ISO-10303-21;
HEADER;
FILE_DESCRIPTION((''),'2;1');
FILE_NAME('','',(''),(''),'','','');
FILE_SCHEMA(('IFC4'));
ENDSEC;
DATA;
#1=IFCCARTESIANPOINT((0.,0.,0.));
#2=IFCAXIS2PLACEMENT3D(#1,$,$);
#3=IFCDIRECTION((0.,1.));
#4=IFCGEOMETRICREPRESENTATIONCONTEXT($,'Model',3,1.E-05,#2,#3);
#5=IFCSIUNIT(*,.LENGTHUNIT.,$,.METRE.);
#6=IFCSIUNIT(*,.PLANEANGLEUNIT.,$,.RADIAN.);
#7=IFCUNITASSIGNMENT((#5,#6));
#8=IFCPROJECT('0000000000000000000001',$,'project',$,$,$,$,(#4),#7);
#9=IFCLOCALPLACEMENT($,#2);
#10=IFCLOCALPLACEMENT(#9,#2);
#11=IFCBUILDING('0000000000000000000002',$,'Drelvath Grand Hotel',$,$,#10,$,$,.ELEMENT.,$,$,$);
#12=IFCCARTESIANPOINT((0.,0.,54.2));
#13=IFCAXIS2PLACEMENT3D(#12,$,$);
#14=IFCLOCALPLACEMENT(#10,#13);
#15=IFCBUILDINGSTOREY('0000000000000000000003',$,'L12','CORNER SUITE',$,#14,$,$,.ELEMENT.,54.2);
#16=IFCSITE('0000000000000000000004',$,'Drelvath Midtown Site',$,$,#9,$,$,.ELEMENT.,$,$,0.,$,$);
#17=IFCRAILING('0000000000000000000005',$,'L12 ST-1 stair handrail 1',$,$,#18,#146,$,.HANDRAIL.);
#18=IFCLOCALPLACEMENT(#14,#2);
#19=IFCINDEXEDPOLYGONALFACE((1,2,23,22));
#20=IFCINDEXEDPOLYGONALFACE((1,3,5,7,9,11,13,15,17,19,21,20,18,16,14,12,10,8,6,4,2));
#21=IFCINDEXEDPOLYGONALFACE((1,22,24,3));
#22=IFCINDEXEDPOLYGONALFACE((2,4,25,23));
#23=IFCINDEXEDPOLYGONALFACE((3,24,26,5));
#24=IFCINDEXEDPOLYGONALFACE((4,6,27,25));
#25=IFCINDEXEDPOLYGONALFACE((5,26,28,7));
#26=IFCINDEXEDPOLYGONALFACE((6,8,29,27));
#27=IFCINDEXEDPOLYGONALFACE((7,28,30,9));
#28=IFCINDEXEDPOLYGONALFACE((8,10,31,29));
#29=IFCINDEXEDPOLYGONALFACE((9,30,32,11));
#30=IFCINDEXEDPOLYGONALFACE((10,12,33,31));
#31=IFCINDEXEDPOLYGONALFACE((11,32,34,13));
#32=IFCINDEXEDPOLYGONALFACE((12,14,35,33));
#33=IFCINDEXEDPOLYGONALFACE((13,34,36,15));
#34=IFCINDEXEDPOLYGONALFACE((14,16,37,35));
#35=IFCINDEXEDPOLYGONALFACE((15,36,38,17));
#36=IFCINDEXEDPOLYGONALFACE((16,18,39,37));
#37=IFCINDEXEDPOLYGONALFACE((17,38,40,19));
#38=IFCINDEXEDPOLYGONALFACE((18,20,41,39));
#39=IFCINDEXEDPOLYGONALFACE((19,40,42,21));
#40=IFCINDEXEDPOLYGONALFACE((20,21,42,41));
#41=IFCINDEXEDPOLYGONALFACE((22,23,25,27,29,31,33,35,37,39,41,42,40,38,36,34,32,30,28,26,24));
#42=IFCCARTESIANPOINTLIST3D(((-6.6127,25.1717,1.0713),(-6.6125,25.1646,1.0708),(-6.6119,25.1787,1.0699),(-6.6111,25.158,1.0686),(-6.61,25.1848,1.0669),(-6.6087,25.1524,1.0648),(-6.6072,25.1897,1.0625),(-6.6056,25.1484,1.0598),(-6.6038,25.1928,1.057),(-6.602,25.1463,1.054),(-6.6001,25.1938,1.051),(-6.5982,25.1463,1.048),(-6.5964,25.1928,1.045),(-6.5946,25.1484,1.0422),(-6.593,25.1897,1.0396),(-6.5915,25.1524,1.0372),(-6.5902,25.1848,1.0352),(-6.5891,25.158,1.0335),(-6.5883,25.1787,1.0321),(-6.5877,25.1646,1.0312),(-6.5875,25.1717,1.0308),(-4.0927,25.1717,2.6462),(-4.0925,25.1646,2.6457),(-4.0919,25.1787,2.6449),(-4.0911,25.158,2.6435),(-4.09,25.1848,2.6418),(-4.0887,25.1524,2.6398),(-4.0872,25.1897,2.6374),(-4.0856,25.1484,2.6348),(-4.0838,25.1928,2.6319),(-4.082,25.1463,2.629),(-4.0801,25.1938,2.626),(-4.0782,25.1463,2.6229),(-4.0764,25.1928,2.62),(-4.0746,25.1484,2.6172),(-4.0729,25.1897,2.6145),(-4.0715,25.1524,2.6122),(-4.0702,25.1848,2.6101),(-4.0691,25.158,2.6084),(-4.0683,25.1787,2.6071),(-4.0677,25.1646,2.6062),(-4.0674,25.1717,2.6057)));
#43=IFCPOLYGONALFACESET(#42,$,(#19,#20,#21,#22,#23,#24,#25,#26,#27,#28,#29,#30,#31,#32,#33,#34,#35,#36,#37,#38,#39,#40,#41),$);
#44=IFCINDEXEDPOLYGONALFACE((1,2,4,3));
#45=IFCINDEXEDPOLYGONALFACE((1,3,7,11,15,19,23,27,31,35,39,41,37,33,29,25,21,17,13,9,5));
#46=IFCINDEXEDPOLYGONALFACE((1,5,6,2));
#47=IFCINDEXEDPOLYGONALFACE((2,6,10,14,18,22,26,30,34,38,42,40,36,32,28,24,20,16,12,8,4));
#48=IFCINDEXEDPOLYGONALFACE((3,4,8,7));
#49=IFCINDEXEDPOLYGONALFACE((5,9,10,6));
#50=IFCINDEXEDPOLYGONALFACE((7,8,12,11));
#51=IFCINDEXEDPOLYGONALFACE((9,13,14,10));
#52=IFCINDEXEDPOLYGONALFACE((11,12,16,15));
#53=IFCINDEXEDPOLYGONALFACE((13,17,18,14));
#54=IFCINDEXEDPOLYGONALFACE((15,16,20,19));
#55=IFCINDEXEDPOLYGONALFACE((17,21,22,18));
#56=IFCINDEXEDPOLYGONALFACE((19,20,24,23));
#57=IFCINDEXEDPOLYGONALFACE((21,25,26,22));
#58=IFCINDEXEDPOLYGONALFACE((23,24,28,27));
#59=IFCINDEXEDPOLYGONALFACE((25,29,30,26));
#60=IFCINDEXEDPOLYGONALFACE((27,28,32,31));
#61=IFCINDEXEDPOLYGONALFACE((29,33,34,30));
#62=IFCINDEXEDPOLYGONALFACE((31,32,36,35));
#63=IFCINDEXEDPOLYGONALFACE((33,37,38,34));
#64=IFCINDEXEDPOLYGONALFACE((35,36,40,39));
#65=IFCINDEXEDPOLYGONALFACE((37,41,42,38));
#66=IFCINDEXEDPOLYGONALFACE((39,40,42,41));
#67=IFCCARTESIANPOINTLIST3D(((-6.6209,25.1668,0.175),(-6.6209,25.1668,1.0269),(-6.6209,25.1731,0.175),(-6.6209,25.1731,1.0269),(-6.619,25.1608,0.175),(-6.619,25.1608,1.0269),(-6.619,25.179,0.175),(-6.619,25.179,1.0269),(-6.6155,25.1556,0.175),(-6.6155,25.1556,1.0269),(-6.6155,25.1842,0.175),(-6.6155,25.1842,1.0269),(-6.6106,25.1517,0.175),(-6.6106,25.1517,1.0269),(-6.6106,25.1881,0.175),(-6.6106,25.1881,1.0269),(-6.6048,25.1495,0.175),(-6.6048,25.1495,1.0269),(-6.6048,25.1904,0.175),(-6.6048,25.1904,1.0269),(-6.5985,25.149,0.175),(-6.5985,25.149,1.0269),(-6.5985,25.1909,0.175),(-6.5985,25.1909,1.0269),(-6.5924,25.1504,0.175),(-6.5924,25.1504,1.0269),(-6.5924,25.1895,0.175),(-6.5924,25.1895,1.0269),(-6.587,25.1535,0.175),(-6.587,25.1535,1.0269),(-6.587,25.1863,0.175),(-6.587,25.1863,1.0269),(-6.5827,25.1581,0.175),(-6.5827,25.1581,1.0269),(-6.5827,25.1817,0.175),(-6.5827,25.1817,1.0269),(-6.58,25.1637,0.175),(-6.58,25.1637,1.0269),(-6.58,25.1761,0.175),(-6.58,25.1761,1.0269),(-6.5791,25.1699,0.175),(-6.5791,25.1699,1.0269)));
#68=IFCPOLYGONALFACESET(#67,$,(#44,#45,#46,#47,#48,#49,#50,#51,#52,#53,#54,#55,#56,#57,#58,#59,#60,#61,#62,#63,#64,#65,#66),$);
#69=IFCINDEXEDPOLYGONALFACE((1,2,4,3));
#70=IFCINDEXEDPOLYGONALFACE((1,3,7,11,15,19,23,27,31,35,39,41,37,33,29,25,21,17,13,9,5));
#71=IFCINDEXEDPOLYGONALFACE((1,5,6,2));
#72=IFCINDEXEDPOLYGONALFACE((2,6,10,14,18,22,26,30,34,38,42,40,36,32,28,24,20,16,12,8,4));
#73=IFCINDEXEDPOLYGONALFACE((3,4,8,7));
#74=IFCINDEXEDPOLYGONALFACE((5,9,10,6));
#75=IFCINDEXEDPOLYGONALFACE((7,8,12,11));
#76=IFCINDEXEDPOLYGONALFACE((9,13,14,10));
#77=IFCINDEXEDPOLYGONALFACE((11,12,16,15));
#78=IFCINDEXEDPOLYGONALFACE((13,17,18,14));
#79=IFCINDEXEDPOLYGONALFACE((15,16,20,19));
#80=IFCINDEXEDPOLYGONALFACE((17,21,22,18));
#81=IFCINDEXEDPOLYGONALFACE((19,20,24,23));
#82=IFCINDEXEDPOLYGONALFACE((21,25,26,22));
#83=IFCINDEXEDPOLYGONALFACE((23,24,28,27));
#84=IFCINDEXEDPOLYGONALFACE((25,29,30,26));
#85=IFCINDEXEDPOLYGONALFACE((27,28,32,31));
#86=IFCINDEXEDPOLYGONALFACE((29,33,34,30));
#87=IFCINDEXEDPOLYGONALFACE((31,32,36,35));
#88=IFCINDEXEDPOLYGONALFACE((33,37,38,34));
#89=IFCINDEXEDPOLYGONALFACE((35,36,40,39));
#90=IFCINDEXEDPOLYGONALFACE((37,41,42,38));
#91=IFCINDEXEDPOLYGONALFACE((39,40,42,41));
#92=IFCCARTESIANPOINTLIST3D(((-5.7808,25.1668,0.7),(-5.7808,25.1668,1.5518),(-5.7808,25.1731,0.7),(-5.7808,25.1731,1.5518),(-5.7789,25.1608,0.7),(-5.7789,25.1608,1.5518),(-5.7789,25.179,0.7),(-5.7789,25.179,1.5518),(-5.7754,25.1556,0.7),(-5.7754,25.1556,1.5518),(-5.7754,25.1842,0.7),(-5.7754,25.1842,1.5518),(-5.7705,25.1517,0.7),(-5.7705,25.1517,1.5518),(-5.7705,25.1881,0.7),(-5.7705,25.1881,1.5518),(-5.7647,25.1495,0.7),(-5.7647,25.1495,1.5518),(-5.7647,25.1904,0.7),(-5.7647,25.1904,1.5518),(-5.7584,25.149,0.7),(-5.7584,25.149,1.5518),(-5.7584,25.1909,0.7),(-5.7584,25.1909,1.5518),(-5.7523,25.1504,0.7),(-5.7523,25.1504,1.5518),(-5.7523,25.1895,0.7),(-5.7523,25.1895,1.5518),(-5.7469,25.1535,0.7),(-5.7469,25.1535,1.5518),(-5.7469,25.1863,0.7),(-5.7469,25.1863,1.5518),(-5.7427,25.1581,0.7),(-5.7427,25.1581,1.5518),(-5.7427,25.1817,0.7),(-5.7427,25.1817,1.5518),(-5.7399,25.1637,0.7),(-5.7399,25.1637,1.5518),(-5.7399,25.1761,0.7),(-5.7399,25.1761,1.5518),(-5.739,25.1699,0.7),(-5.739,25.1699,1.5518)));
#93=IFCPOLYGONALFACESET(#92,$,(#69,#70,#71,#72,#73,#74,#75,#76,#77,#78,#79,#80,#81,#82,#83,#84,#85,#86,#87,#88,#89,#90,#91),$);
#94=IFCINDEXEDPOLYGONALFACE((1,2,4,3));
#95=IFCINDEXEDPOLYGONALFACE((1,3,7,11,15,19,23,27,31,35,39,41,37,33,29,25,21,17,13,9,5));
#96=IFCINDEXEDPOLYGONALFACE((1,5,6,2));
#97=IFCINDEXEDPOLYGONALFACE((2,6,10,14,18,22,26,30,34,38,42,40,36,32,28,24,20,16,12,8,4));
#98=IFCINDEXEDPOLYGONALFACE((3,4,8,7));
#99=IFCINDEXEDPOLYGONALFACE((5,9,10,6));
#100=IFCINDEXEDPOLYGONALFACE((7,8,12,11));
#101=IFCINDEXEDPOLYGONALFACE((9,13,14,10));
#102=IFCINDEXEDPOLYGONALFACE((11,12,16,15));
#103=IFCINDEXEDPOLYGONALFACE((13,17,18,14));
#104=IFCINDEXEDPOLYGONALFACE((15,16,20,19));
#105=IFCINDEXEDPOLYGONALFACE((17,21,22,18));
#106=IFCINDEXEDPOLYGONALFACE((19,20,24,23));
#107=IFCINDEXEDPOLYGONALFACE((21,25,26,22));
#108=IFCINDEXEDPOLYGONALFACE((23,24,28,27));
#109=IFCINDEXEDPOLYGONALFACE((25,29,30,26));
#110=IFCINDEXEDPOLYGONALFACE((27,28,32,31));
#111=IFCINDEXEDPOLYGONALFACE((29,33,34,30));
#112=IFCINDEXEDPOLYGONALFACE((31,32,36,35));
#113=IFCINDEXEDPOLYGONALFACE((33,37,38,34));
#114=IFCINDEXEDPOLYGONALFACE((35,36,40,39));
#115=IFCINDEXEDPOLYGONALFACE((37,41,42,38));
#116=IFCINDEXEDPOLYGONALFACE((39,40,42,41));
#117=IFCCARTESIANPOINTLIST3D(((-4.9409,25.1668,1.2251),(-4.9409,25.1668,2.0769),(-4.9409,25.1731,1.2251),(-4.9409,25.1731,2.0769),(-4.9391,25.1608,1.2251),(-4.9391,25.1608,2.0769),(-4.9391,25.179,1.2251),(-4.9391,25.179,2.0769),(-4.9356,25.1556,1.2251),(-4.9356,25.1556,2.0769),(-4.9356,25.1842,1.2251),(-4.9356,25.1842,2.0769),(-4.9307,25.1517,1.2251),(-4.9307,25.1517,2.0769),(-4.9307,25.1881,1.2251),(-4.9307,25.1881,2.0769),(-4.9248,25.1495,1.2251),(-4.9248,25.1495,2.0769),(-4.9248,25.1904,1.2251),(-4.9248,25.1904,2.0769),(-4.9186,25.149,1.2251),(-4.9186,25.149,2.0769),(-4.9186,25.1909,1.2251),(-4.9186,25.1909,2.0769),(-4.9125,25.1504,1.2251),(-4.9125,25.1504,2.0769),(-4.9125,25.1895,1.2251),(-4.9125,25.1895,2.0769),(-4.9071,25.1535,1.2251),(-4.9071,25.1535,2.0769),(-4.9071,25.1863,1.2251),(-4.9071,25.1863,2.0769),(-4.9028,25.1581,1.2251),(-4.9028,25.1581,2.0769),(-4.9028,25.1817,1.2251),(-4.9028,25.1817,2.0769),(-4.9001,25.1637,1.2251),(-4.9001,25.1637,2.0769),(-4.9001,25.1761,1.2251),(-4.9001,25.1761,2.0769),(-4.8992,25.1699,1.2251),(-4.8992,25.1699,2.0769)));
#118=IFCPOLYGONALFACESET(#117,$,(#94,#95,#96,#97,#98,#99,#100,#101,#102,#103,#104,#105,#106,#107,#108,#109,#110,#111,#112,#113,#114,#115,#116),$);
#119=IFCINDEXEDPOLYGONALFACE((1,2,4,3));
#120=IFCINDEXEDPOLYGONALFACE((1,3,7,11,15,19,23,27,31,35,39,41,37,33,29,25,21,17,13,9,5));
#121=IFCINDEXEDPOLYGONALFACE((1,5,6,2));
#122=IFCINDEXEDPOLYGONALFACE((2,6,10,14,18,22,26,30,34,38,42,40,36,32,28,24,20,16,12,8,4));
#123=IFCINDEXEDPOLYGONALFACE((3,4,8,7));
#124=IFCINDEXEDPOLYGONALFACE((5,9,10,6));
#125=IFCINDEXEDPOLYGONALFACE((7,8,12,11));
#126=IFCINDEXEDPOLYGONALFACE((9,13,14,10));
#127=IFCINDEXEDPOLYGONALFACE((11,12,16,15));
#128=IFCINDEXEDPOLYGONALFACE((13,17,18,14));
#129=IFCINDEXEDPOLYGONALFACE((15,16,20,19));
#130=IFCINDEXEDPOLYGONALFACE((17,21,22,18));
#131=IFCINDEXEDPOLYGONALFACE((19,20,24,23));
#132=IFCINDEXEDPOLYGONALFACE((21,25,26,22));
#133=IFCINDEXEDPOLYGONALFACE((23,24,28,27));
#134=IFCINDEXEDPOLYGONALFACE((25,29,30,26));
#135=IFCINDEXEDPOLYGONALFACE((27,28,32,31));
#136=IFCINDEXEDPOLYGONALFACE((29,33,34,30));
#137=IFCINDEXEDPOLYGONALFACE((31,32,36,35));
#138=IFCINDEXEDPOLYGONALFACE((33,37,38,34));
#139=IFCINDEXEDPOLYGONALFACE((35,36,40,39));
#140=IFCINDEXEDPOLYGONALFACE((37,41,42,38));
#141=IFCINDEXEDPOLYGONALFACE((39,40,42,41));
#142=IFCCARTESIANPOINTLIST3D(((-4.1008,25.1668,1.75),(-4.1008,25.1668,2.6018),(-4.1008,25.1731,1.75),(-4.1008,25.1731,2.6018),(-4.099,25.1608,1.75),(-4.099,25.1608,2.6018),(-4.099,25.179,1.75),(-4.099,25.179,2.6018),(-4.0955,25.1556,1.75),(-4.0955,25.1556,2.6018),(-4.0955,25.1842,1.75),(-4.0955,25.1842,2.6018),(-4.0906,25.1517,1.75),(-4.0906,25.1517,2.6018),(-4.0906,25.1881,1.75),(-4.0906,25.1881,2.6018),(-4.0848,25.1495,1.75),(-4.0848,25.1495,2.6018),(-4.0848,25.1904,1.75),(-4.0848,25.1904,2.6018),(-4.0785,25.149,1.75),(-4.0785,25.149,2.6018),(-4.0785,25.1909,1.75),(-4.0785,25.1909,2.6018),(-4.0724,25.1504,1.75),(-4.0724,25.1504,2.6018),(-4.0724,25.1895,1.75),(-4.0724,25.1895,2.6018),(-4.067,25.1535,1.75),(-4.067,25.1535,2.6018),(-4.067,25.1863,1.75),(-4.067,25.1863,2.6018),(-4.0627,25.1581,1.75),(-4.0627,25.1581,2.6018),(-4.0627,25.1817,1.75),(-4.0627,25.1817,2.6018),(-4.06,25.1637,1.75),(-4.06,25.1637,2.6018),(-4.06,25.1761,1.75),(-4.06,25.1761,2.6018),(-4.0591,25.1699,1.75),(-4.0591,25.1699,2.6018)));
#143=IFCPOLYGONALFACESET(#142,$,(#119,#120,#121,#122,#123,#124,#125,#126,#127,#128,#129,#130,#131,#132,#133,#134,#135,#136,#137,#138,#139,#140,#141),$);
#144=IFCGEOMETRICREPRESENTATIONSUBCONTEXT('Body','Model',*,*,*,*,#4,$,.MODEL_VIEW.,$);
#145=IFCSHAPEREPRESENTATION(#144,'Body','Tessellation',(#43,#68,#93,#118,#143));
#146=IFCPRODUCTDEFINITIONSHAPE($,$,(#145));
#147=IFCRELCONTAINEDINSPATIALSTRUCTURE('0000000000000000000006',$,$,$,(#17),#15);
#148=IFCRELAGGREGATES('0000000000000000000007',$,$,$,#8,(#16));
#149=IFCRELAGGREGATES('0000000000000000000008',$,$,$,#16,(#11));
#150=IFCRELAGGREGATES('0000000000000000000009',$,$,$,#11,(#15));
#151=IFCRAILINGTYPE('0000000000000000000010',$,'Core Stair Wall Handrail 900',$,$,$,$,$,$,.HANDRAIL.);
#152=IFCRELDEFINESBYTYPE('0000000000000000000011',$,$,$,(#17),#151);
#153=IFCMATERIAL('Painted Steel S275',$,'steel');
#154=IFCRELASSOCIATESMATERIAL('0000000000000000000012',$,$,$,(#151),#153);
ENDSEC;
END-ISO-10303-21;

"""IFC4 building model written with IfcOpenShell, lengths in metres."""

from ifc_helpers import new_model, si_unit, direction, frame, origin, origin_2d, place, context, subcontext, project, spatial, circle, extrude, material, type_object, element, save


model = new_model("IFC4")

# Units and contexts
model_context = context("Model", 3, precision=1e-05, world=origin(), true_north=direction((0.0, 1.0)))
body_context = subcontext(model_context, "Body", "Model", "MODEL_VIEW")
ifc_project = project(units=[si_unit("LENGTHUNIT", "METRE"), si_unit("PLANEANGLEUNIT", "RADIAN")], contexts=[model_context])

# Site, building, storey
site_placement = place(None, origin())
site = spatial("IfcSite", under=ifc_project, at=site_placement, Name="Drelvath Midtown Site", CompositionType="ELEMENT", RefElevation=0.0)
building_placement = place(site_placement, origin())
building = spatial("IfcBuilding", under=site, at=building_placement, Name="Drelvath Grand Hotel", CompositionType="ELEMENT")
storey_placement = place(building_placement, frame((0.0, 0.0, 54.2)))
storey = spatial("IfcBuildingStorey", under=building, at=storey_placement, Name="L12", Description="CORNER SUITE", CompositionType="ELEMENT", Elevation=54.2)

# Shared definitions
ifc_material_1 = material(Name="Painted Steel S275", Category="steel")

# Railing
railing_type_1 = type_object("IfcRailingType", Name="Core Stair Wall Handrail 900", PredefinedType="HANDRAIL", material=ifc_material_1)
railing_1_placement = place(storey_placement, frame((-6.6001, 25.1699, 0.175)))
element("IfcRailing", 1, at=railing_1_placement, inside=storey, type_object=railing_type_1, Name="L12 ST-1 stair handrail 1", PredefinedType="HANDRAIL", context=body_context, shape_type="SweptSolid", body=[
    extrude(circle(Radius=0.0239, at=origin_2d()), frame((0.0, 0.0, 0.876), z_axis=(0.848008, 0.0, 0.529984), x_axis=(0.0, 1.0, 0.0)), (0.0, 0.0, 1.0), 2.9717),
    extrude(circle(Radius=0.021, at=origin_2d()), origin(), (0.0, 0.0, 1.0), 0.8518),
    extrude(circle(Radius=0.021, at=origin_2d()), frame((0.8401, 0.0, 0.5249)), (0.0, 0.0, 1.0), 0.8518),
    extrude(circle(Radius=0.021, at=origin_2d()), frame((1.6799, 0.0, 1.05)), (0.0, 0.0, 1.0), 0.8518),
    extrude(circle(Radius=0.021, at=origin_2d()), frame((2.52, 0.0, 1.575)), (0.0, 0.0, 1.0), 0.8518),
])

save(model, "model.ifc")
